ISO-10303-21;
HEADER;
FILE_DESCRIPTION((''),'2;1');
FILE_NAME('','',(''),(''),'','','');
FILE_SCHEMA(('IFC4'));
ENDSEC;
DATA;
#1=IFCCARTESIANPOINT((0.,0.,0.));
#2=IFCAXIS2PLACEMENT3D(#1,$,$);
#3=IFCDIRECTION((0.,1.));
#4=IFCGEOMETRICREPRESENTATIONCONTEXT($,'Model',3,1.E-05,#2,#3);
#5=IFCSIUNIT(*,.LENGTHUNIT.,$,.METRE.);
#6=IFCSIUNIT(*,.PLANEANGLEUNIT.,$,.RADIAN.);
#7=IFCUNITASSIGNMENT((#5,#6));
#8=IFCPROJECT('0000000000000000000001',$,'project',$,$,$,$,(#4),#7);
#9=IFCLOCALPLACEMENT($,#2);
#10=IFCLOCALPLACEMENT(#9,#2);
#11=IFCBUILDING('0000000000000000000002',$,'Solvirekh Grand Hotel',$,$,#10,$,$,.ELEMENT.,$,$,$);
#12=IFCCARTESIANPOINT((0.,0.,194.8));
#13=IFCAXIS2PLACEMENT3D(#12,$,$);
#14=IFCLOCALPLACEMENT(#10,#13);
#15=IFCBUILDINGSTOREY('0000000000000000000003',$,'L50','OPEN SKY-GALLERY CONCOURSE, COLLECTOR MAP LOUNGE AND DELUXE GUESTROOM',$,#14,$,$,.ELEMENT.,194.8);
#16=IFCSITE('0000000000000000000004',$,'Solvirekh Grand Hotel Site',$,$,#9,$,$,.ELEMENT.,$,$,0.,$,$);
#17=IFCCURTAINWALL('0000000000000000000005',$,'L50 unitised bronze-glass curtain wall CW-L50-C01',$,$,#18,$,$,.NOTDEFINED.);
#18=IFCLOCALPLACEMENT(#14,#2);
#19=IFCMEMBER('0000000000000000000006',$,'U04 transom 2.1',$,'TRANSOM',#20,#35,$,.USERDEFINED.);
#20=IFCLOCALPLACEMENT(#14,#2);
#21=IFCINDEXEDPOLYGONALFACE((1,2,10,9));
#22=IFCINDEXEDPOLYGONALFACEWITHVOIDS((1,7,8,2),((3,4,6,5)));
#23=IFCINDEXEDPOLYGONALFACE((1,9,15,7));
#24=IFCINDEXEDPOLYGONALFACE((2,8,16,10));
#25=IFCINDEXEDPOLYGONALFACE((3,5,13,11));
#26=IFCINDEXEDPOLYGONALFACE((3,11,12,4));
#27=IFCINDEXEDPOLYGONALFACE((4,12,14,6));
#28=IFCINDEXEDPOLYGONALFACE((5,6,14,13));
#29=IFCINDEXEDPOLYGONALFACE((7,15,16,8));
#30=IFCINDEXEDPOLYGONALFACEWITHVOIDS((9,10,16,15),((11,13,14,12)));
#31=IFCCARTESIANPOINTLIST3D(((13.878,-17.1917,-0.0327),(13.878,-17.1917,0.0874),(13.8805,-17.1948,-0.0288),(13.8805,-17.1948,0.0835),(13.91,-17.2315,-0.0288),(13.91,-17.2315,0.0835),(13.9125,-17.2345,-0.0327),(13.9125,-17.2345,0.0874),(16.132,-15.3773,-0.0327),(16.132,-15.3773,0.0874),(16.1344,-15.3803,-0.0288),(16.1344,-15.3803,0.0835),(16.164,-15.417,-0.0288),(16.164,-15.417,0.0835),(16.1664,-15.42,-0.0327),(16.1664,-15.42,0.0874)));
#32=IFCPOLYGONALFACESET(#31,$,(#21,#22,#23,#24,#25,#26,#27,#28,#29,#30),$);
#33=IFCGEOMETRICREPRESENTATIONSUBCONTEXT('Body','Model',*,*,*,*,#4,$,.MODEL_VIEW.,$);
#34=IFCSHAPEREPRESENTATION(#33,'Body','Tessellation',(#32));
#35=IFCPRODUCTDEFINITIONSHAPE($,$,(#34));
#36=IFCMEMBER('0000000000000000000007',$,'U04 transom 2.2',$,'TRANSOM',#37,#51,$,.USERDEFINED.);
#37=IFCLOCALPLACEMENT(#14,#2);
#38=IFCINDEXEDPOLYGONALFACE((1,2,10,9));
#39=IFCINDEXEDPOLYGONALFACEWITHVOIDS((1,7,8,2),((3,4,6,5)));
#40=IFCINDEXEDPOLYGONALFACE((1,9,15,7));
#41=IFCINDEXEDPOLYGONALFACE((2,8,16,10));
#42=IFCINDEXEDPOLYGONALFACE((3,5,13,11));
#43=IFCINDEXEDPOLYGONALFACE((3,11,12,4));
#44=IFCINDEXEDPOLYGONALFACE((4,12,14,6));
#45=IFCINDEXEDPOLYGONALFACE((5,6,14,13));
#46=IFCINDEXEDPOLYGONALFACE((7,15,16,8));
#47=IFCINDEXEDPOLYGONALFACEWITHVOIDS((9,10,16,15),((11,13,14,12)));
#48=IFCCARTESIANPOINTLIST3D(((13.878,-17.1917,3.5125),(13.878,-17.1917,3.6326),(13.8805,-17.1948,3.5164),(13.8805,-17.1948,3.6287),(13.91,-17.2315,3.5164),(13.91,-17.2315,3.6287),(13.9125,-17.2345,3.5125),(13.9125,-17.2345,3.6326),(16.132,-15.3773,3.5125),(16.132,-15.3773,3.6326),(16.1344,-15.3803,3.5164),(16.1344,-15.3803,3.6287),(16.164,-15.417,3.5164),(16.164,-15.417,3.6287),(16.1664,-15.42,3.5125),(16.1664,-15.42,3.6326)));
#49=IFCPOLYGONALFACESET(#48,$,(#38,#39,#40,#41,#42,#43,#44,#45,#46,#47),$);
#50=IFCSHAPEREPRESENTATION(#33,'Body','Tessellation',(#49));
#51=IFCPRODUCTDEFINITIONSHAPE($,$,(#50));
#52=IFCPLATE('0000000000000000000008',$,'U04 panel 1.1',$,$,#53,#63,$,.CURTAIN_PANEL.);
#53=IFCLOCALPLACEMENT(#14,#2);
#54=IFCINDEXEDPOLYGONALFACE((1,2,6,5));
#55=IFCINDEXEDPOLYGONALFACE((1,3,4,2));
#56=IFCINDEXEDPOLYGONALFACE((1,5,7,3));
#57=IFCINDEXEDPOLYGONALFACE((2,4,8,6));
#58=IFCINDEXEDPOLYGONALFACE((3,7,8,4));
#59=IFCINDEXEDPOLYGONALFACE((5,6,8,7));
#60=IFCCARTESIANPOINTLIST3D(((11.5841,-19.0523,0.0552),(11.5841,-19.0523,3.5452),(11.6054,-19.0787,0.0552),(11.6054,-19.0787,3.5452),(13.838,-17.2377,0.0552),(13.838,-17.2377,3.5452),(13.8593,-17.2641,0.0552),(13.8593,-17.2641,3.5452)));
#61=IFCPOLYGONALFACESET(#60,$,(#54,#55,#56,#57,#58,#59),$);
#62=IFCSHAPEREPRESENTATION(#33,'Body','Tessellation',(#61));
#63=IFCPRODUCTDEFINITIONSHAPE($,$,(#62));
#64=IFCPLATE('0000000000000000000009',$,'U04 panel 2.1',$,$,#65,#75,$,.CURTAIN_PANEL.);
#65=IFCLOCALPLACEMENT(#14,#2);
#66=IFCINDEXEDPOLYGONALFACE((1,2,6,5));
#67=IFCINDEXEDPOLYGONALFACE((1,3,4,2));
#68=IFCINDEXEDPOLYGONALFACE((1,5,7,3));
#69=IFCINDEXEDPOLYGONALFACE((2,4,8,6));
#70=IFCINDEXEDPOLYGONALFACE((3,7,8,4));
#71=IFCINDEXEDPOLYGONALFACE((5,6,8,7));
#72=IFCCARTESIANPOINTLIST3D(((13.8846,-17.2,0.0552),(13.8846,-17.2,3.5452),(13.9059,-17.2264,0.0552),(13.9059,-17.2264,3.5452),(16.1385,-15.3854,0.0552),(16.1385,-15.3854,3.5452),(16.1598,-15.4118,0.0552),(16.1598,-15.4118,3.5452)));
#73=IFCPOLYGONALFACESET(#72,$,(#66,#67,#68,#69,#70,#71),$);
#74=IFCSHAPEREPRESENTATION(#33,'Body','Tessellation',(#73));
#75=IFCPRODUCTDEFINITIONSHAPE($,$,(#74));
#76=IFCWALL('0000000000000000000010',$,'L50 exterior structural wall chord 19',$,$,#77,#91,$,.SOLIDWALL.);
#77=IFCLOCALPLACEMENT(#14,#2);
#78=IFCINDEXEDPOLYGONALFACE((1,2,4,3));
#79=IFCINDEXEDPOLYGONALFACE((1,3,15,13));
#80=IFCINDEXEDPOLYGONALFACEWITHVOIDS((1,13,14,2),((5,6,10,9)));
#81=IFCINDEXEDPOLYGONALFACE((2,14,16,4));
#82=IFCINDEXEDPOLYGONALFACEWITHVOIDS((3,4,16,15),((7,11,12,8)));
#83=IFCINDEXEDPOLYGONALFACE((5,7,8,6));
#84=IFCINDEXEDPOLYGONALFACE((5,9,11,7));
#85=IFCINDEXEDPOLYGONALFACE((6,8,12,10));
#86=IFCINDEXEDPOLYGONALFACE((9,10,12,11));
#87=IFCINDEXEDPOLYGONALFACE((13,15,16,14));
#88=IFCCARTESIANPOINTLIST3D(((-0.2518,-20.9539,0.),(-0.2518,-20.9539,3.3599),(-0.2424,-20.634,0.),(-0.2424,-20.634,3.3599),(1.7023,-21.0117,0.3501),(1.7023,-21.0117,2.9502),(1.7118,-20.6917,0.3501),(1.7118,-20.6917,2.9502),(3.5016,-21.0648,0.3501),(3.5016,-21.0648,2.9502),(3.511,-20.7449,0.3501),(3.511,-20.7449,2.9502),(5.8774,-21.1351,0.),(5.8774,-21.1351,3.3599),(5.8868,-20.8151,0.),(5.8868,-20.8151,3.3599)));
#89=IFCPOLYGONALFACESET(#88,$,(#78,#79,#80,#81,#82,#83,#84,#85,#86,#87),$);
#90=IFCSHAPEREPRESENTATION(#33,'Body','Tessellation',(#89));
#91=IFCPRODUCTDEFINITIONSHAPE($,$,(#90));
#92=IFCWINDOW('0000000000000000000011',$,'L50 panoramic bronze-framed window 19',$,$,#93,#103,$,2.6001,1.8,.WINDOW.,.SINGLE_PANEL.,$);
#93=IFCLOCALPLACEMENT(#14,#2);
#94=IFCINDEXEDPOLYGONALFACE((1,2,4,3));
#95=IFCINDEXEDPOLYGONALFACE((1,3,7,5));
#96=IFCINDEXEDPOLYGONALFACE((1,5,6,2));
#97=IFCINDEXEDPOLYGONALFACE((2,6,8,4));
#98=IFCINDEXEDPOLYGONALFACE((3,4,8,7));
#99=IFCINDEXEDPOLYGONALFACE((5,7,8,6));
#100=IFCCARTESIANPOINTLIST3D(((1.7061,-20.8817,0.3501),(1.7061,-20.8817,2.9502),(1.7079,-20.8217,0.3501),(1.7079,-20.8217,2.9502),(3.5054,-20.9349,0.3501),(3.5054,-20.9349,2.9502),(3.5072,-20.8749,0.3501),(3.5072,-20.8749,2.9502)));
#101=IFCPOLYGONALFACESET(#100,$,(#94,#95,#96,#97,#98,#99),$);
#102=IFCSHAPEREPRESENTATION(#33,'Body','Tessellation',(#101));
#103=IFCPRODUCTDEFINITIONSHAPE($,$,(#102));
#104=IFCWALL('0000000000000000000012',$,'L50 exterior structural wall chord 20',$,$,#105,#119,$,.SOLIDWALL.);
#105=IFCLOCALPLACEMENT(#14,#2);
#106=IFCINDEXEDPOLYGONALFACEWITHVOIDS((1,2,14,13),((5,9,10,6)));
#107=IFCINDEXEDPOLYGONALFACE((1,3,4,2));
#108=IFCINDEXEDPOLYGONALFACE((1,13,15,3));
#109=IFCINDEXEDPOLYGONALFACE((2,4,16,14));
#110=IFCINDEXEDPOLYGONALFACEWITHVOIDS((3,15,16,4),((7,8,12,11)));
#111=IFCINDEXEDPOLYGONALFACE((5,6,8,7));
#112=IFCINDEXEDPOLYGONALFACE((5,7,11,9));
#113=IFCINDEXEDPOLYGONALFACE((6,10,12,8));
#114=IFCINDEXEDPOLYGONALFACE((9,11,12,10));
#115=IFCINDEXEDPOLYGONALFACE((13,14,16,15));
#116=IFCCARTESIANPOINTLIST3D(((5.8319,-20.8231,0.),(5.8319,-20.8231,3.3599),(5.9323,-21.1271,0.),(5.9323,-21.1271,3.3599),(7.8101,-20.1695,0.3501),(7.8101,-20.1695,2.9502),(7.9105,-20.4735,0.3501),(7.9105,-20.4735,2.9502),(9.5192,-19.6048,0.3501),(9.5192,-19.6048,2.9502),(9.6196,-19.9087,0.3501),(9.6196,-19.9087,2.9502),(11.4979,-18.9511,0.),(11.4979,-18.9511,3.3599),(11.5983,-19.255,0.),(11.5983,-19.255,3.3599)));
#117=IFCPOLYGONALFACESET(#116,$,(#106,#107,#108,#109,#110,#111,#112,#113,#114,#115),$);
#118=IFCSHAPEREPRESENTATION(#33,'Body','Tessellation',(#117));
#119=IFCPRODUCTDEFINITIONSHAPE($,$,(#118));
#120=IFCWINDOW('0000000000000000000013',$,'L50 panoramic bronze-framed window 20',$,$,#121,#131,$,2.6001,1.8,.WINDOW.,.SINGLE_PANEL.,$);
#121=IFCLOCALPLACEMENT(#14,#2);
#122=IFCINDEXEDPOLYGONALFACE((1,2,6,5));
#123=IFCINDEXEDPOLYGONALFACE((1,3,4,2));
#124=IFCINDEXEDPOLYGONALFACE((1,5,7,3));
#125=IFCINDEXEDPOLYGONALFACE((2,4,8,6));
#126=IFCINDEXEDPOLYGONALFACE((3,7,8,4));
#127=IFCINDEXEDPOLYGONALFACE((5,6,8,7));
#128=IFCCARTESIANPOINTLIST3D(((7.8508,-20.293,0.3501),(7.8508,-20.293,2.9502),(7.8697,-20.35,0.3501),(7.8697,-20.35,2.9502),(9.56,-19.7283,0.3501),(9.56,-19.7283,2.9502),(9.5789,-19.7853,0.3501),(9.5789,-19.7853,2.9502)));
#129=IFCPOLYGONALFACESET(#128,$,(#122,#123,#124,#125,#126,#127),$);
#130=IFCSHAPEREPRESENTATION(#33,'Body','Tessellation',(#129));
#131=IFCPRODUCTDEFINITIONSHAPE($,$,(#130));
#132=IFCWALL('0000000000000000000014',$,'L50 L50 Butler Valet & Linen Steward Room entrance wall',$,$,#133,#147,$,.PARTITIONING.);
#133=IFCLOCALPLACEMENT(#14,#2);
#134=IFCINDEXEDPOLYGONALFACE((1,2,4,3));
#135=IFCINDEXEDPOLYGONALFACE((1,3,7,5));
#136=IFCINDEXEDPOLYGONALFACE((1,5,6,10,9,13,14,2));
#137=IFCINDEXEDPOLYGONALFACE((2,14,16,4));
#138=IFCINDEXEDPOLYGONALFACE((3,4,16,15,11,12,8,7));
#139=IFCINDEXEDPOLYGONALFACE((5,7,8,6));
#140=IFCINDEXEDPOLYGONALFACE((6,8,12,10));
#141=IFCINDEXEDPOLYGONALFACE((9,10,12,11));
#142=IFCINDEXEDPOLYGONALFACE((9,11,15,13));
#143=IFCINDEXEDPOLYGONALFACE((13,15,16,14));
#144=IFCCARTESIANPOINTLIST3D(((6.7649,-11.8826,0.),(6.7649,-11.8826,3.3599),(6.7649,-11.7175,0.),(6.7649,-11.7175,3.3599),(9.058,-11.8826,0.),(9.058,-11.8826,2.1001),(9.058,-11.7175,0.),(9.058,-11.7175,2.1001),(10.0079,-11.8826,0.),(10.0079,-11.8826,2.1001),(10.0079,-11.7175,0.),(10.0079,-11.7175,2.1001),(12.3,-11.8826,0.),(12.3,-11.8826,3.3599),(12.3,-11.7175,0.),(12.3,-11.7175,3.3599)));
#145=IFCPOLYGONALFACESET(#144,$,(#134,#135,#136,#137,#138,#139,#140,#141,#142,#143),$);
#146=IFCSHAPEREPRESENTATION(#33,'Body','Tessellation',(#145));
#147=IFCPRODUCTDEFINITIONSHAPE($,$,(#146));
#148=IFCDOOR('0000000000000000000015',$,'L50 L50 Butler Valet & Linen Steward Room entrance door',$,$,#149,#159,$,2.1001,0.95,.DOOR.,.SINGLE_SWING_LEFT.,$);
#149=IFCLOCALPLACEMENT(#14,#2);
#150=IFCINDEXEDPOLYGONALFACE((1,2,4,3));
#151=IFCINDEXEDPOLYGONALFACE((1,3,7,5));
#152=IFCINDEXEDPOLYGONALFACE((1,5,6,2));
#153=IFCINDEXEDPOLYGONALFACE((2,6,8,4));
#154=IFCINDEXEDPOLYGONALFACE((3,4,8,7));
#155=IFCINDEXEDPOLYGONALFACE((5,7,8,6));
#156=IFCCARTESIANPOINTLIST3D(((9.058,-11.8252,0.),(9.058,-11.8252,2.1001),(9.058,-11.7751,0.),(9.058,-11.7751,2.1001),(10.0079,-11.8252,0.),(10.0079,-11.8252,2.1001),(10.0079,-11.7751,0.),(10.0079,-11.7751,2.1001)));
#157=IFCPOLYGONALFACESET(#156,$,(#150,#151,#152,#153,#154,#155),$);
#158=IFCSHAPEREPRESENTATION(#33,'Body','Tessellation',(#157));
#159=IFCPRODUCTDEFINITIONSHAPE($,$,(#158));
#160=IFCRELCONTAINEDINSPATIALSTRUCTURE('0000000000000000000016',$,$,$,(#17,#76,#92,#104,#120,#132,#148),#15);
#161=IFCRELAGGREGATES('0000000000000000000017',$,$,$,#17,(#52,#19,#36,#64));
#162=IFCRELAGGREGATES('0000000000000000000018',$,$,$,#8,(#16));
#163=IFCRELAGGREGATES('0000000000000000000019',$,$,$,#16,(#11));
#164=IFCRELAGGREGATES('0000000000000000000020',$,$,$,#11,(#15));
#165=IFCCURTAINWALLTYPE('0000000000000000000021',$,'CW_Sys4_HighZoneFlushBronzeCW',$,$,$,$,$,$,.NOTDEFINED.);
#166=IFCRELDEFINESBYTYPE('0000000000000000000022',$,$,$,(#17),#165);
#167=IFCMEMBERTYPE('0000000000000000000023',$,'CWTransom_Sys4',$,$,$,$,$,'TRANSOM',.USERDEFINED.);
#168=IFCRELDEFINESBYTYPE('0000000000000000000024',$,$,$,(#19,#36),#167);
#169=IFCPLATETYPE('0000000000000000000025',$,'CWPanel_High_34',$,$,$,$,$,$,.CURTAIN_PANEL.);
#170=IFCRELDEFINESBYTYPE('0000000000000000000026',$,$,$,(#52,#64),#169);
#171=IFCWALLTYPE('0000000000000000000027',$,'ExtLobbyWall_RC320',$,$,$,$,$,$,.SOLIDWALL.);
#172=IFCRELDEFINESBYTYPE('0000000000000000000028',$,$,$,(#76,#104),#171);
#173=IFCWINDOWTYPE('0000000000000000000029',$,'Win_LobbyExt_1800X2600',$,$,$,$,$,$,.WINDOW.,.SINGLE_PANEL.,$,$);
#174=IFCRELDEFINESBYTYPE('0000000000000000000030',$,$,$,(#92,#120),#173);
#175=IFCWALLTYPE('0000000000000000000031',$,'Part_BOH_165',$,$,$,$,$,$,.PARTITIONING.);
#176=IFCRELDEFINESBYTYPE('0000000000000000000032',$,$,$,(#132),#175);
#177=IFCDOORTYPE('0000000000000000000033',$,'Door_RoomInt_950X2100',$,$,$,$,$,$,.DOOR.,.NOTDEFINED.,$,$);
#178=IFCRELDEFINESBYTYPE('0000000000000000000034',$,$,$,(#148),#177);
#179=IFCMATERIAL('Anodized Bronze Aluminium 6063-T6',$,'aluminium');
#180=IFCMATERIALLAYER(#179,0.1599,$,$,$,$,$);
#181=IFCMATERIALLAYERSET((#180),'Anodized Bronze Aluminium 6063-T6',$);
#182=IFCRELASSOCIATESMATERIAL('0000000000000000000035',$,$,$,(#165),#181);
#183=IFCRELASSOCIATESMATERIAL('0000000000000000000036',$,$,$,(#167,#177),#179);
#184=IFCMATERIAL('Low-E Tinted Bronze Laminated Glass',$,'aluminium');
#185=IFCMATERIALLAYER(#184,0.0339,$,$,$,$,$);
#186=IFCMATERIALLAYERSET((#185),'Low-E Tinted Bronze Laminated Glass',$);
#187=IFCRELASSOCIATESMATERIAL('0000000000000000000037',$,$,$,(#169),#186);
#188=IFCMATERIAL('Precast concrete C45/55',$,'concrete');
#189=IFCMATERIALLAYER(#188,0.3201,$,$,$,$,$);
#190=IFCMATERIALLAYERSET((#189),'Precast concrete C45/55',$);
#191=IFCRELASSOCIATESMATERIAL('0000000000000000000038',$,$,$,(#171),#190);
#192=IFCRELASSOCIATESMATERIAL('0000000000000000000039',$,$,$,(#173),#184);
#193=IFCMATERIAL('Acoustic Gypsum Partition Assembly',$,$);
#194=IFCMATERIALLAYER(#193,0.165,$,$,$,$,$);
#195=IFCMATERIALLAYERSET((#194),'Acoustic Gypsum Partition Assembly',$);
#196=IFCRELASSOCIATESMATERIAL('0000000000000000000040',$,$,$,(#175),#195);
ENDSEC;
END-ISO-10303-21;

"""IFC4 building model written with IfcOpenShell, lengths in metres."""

from ifc_helpers import new_model, si_unit, direction, frame, frame_2d, origin, origin_2d, place, context, subcontext, project, spatial, rectangle, hollow_rectangle, extrude, source, transform, mapped, material, layer, layer_set, material_profile, profile_set, type_object, element, fill, aggregate, save


model = new_model("IFC4")

# Units and contexts
model_context = context("Model", 3, precision=1e-05, world=origin(), true_north=direction((0.0, 1.0)))
body_context = subcontext(model_context, "Body", "Model", "MODEL_VIEW")
ifc_project = project(units=[si_unit("LENGTHUNIT", "METRE"), si_unit("PLANEANGLEUNIT", "RADIAN")], contexts=[model_context])

# Site, building, storey
site_placement = place(None, origin())
site = spatial("IfcSite", under=ifc_project, at=site_placement, Name="Solvirekh Grand Hotel Site", CompositionType="ELEMENT", RefElevation=0.0)
building_placement = place(site_placement, origin())
building = spatial("IfcBuilding", under=site, at=building_placement, Name="Solvirekh Grand Hotel", CompositionType="ELEMENT")
storey_placement = place(building_placement, frame((0.0, 0.0, 194.8)))
storey = spatial("IfcBuildingStorey", under=building, at=storey_placement, Name="L50", Description="OPEN SKY-GALLERY CONCOURSE, COLLECTOR MAP LOUNGE AND DELUXE GUESTROOM", CompositionType="ELEMENT", Elevation=194.8)

# Curtain wall, members, plates
ifc_material_1 = material(Name="Anodized Bronze Aluminium 6063-T6", Category="aluminium")
ifc_layer_1 = layer(ifc_material_1, 0.1599)
ifc_layer_set_1 = layer_set([ifc_layer_1], Name="Anodized Bronze Aluminium 6063-T6")
curtain_wall_type = type_object("IfcCurtainWallType", Name="CW_Sys4_HighZoneFlushBronzeCW", PredefinedType="NOTDEFINED", material=ifc_layer_set_1)
curtain_wall_placement = place(storey_placement, origin())
curtain_wall = element("IfcCurtainWall", 1, at=curtain_wall_placement, inside=storey, type_object=curtain_wall_type, Name="L50 unitised bronze-glass curtain wall CW-L50-C01", PredefinedType="NOTDEFINED")
ifc_material_profile_1 = material_profile(ifc_material_1, hollow_rectangle(XDim=0.0549, YDim=0.1201, WallThickness=0.0039, at=origin_2d()), Name="ALU RHS 120X55X4")
ifc_profile_set_1 = profile_set([ifc_material_profile_1], Name="Anodized Bronze Aluminium 6063-T6")
member_type_1 = type_object("IfcMemberType", Name="CWTransom_Sys4", ElementType="TRANSOM", PredefinedType="USERDEFINED", material=ifc_profile_set_1)
shared_shape_1 = source(origin(), body_context, "Body", "SweptSolid", [
    extrude(hollow_rectangle(XDim=0.0549, YDim=0.1201, WallThickness=0.0039, at=origin_2d()), origin(), (0.0, 0.0, 1.0), 2.8936),
])
member_1_placement = place(storey_placement, frame((13.8953, -17.2131, 0.0273), z_axis=(0.778955, 0.627079, 0.0), x_axis=(-0.627079, 0.778955, 0.0)))
member_1 = element("IfcMember", 2, at=member_1_placement, type_object=member_type_1, Name="U04 transom 2.1", ObjectType="TRANSOM", PredefinedType="USERDEFINED", context=body_context, shape_type="MappedRepresentation", body=[
    mapped(shared_shape_1, transform((0.0, 0.0, 0.0), x_axis=(1.0, 0.0, 0.0), y_axis=(0.0, 1.0, 0.0), z_axis=(0.0, 0.0, 1.0), scale=1.0)),
])
member_2_placement = place(storey_placement, frame((13.8953, -17.2131, 3.5725), z_axis=(0.778955, 0.627079, 0.0), x_axis=(-0.627079, 0.778955, 0.0)))
member_2 = element("IfcMember", 3, at=member_2_placement, type_object=member_type_1, Name="U04 transom 2.2", ObjectType="TRANSOM", PredefinedType="USERDEFINED", context=body_context, shape_type="MappedRepresentation", body=[
    mapped(shared_shape_1, transform((0.0, 0.0, 0.0), x_axis=(1.0, 0.0, 0.0), y_axis=(0.0, 1.0, 0.0), z_axis=(0.0, 0.0, 1.0), scale=1.0)),
])
ifc_material_2 = material(Name="Low-E Tinted Bronze Laminated Glass", Category="aluminium")
ifc_layer_2 = layer(ifc_material_2, 0.0339)
ifc_layer_set_2 = layer_set([ifc_layer_2], Name="Low-E Tinted Bronze Laminated Glass")
plate_type = type_object("IfcPlateType", Name="CWPanel_High_34", PredefinedType="CURTAIN_PANEL", material=ifc_layer_set_2)
shared_shape_2 = source(origin(), body_context, "Body", "SweptSolid", [
    extrude(rectangle(XDim=2.8936, YDim=0.0339, at=origin_2d()), origin(), (0.0, 0.0, 1.0), 3.49),
])
plate_1_placement = place(storey_placement, frame((12.7217, -18.1582, 0.0552), z_axis=(0.0, 0.0, 1.0), x_axis=(0.778936, 0.627104, 0.0)))
plate_1 = element("IfcPlate", 4, at=plate_1_placement, type_object=plate_type, Name="U04 panel 1.1", PredefinedType="CURTAIN_PANEL", context=body_context, shape_type="MappedRepresentation", body=[
    mapped(shared_shape_2, transform((0.0, 0.0, 0.0), x_axis=(1.0, 0.0, 0.0), y_axis=(0.0, 1.0, 0.0), z_axis=(0.0, 0.0, 1.0), scale=1.0)),
])
plate_2_placement = place(storey_placement, frame((15.0222, -16.3059, 0.0552), z_axis=(0.0, 0.0, 1.0), x_axis=(0.778936, 0.627104, 0.0)))
plate_2 = element("IfcPlate", 5, at=plate_2_placement, type_object=plate_type, Name="U04 panel 2.1", PredefinedType="CURTAIN_PANEL", context=body_context, shape_type="MappedRepresentation", body=[
    mapped(shared_shape_2, transform((0.0, 0.0, 0.0), x_axis=(1.0, 0.0, 0.0), y_axis=(0.0, 1.0, 0.0), z_axis=(0.0, 0.0, 1.0), scale=1.0)),
])
aggregate(curtain_wall, [plate_1, member_1, member_2, plate_2])

# Walls, openings, windows
ifc_material_3 = material(Name="Precast concrete C45/55", Category="concrete")
ifc_layer_3 = layer(ifc_material_3, 0.3201)
ifc_layer_set_3 = layer_set([ifc_layer_3], Name="Precast concrete C45/55")
wall_type_1 = type_object("IfcWallType", Name="ExtLobbyWall_RC320", PredefinedType="SOLIDWALL", material=ifc_layer_set_3)
wall_1_placement = place(storey_placement, frame((5.8821, -20.9751, 0.0), z_axis=(0.0, 0.0, 1.0), x_axis=(-0.999564, 0.029543, 0.0)))
wall_1 = element("IfcWall", 6, at=wall_1_placement, inside=storey, type_object=wall_type_1, Name="L50 exterior structural wall chord 19", PredefinedType="SOLIDWALL", context=body_context, shape_type="SweptSolid", body=[
    extrude(rectangle(XDim=6.1318, YDim=0.3201, at=frame_2d((3.0659, 0.0))), origin(), (0.0, 0.0, 1.0), 3.3599),
])
opening_1_placement = place(wall_1_placement, frame((2.377, 0.0, 0.3501)))
opening_1 = element("IfcOpeningElement", 7, at=opening_1_placement, cuts=wall_1, PredefinedType="OPENING", context=body_context, shape_type="SweptSolid", body=[
    extrude(rectangle(XDim=1.8, YDim=2.6001, at=frame_2d((0.8999, 1.3))), frame((0.0, 0.1699, 0.0), z_axis=(0.0, -1.0, 0.0), x_axis=(1.0, 0.0, 0.0)), (0.0, 0.0, 1.0), 0.3401),
])
window_type = type_object("IfcWindowType", Name="Win_LobbyExt_1800X2600", PartitioningType="SINGLE_PANEL", PredefinedType="WINDOW", material=ifc_material_2)
window_1_placement = place(opening_1_placement, origin())
window_1 = element("IfcWindow", 8, at=window_1_placement, inside=storey, type_object=window_type, Name="L50 panoramic bronze-framed window 19", OverallHeight=2.6001, OverallWidth=1.8, PartitioningType="SINGLE_PANEL", PredefinedType="WINDOW", context=body_context, shape_type="SweptSolid", body=[
    extrude(rectangle(XDim=1.8, YDim=2.6001, at=frame_2d((0.8999, 1.3))), frame((0.0, 0.03, 0.0), z_axis=(0.0, -1.0, 0.0), x_axis=(1.0, 0.0, 0.0)), (0.0, 0.0, 1.0), 0.0601),
])
fill(opening_1, window_1)
wall_2_placement = place(storey_placement, frame((11.5481, -19.103, 0.0), z_axis=(0.0, 0.0, 1.0), x_axis=(-0.949515, -0.313723, 0.0)))
wall_2 = element("IfcWall", 9, at=wall_2_placement, inside=storey, type_object=wall_type_1, Name="L50 exterior structural wall chord 20", PredefinedType="SOLIDWALL", context=body_context, shape_type="SweptSolid", body=[
    extrude(rectangle(XDim=5.9673, YDim=0.3201, at=frame_2d((2.9836, 0.0))), origin(), (0.0, 0.0, 1.0), 3.3599),
])
opening_2_placement = place(wall_2_placement, frame((2.084, 0.0, 0.3501)))
opening_2 = element("IfcOpeningElement", 10, at=opening_2_placement, cuts=wall_2, PredefinedType="OPENING", context=body_context, shape_type="SweptSolid", body=[
    extrude(rectangle(XDim=1.8, YDim=2.6001, at=frame_2d((0.8999, 1.3))), frame((0.0, 0.1699, 0.0), z_axis=(0.0, -1.0, 0.0), x_axis=(1.0, 0.0, 0.0)), (0.0, 0.0, 1.0), 0.3401),
])
window_2_placement = place(opening_2_placement, origin())
window_2 = element("IfcWindow", 11, at=window_2_placement, inside=storey, type_object=window_type, Name="L50 panoramic bronze-framed window 20", OverallHeight=2.6001, OverallWidth=1.8, PartitioningType="SINGLE_PANEL", PredefinedType="WINDOW", context=body_context, shape_type="SweptSolid", body=[
    extrude(rectangle(XDim=1.8, YDim=2.6001, at=frame_2d((0.8999, 1.3))), frame((0.0, 0.03, 0.0), z_axis=(0.0, -1.0, 0.0), x_axis=(1.0, 0.0, 0.0)), (0.0, 0.0, 1.0), 0.0601),
])
fill(opening_2, window_2)

# Wall, opening, door
ifc_material_4 = material(Name="Acoustic Gypsum Partition Assembly")
ifc_layer_4 = layer(ifc_material_4, 0.165)
ifc_layer_set_4 = layer_set([ifc_layer_4], Name="Acoustic Gypsum Partition Assembly")
wall_type_2 = type_object("IfcWallType", Name="Part_BOH_165", PredefinedType="PARTITIONING", material=ifc_layer_set_4)
wall_3_placement = place(storey_placement, frame((6.7649, -11.8, 0.0), z_axis=(0.0, 0.0, 1.0), x_axis=(1.0, 0.0, 0.0)))
wall_3 = element("IfcWall", 12, at=wall_3_placement, inside=storey, type_object=wall_type_2, Name="L50 L50 Butler Valet & Linen Steward Room entrance wall", PredefinedType="PARTITIONING", context=body_context, shape_type="SweptSolid", body=[
    extrude(rectangle(XDim=5.5352, YDim=0.165, at=frame_2d((2.7676, 0.0))), origin(), (0.0, 0.0, 1.0), 3.3599),
])
opening_3_placement = place(wall_3_placement, frame((2.293, 0.0, 0.0)))
opening_3 = element("IfcOpeningElement", 13, at=opening_3_placement, cuts=wall_3, PredefinedType="OPENING", context=body_context, shape_type="SweptSolid", body=[
    extrude(rectangle(XDim=0.95, YDim=2.1001, at=frame_2d((0.4751, 1.05))), frame((0.0, 0.0925, 0.0), z_axis=(0.0, -1.0, 0.0), x_axis=(1.0, 0.0, 0.0)), (0.0, 0.0, 1.0), 0.1851),
])
door_type = type_object("IfcDoorType", Name="Door_RoomInt_950X2100", OperationType="NOTDEFINED", PredefinedType="DOOR", material=ifc_material_1)
door_placement = place(opening_3_placement, origin())
door = element("IfcDoor", 14, at=door_placement, inside=storey, type_object=door_type, Name="L50 L50 Butler Valet & Linen Steward Room entrance door", OperationType="SINGLE_SWING_LEFT", OverallHeight=2.1001, OverallWidth=0.95, PredefinedType="DOOR", context=body_context, shape_type="SweptSolid", body=[
    extrude(rectangle(XDim=0.95, YDim=2.1001, at=frame_2d((0.4751, 1.05))), frame((0.0, 0.0249, 0.0), z_axis=(0.0, -1.0, 0.0), x_axis=(1.0, 0.0, 0.0)), (0.0, 0.0, 1.0), 0.05),
])
fill(opening_3, door)

save(model, "model.ifc")
